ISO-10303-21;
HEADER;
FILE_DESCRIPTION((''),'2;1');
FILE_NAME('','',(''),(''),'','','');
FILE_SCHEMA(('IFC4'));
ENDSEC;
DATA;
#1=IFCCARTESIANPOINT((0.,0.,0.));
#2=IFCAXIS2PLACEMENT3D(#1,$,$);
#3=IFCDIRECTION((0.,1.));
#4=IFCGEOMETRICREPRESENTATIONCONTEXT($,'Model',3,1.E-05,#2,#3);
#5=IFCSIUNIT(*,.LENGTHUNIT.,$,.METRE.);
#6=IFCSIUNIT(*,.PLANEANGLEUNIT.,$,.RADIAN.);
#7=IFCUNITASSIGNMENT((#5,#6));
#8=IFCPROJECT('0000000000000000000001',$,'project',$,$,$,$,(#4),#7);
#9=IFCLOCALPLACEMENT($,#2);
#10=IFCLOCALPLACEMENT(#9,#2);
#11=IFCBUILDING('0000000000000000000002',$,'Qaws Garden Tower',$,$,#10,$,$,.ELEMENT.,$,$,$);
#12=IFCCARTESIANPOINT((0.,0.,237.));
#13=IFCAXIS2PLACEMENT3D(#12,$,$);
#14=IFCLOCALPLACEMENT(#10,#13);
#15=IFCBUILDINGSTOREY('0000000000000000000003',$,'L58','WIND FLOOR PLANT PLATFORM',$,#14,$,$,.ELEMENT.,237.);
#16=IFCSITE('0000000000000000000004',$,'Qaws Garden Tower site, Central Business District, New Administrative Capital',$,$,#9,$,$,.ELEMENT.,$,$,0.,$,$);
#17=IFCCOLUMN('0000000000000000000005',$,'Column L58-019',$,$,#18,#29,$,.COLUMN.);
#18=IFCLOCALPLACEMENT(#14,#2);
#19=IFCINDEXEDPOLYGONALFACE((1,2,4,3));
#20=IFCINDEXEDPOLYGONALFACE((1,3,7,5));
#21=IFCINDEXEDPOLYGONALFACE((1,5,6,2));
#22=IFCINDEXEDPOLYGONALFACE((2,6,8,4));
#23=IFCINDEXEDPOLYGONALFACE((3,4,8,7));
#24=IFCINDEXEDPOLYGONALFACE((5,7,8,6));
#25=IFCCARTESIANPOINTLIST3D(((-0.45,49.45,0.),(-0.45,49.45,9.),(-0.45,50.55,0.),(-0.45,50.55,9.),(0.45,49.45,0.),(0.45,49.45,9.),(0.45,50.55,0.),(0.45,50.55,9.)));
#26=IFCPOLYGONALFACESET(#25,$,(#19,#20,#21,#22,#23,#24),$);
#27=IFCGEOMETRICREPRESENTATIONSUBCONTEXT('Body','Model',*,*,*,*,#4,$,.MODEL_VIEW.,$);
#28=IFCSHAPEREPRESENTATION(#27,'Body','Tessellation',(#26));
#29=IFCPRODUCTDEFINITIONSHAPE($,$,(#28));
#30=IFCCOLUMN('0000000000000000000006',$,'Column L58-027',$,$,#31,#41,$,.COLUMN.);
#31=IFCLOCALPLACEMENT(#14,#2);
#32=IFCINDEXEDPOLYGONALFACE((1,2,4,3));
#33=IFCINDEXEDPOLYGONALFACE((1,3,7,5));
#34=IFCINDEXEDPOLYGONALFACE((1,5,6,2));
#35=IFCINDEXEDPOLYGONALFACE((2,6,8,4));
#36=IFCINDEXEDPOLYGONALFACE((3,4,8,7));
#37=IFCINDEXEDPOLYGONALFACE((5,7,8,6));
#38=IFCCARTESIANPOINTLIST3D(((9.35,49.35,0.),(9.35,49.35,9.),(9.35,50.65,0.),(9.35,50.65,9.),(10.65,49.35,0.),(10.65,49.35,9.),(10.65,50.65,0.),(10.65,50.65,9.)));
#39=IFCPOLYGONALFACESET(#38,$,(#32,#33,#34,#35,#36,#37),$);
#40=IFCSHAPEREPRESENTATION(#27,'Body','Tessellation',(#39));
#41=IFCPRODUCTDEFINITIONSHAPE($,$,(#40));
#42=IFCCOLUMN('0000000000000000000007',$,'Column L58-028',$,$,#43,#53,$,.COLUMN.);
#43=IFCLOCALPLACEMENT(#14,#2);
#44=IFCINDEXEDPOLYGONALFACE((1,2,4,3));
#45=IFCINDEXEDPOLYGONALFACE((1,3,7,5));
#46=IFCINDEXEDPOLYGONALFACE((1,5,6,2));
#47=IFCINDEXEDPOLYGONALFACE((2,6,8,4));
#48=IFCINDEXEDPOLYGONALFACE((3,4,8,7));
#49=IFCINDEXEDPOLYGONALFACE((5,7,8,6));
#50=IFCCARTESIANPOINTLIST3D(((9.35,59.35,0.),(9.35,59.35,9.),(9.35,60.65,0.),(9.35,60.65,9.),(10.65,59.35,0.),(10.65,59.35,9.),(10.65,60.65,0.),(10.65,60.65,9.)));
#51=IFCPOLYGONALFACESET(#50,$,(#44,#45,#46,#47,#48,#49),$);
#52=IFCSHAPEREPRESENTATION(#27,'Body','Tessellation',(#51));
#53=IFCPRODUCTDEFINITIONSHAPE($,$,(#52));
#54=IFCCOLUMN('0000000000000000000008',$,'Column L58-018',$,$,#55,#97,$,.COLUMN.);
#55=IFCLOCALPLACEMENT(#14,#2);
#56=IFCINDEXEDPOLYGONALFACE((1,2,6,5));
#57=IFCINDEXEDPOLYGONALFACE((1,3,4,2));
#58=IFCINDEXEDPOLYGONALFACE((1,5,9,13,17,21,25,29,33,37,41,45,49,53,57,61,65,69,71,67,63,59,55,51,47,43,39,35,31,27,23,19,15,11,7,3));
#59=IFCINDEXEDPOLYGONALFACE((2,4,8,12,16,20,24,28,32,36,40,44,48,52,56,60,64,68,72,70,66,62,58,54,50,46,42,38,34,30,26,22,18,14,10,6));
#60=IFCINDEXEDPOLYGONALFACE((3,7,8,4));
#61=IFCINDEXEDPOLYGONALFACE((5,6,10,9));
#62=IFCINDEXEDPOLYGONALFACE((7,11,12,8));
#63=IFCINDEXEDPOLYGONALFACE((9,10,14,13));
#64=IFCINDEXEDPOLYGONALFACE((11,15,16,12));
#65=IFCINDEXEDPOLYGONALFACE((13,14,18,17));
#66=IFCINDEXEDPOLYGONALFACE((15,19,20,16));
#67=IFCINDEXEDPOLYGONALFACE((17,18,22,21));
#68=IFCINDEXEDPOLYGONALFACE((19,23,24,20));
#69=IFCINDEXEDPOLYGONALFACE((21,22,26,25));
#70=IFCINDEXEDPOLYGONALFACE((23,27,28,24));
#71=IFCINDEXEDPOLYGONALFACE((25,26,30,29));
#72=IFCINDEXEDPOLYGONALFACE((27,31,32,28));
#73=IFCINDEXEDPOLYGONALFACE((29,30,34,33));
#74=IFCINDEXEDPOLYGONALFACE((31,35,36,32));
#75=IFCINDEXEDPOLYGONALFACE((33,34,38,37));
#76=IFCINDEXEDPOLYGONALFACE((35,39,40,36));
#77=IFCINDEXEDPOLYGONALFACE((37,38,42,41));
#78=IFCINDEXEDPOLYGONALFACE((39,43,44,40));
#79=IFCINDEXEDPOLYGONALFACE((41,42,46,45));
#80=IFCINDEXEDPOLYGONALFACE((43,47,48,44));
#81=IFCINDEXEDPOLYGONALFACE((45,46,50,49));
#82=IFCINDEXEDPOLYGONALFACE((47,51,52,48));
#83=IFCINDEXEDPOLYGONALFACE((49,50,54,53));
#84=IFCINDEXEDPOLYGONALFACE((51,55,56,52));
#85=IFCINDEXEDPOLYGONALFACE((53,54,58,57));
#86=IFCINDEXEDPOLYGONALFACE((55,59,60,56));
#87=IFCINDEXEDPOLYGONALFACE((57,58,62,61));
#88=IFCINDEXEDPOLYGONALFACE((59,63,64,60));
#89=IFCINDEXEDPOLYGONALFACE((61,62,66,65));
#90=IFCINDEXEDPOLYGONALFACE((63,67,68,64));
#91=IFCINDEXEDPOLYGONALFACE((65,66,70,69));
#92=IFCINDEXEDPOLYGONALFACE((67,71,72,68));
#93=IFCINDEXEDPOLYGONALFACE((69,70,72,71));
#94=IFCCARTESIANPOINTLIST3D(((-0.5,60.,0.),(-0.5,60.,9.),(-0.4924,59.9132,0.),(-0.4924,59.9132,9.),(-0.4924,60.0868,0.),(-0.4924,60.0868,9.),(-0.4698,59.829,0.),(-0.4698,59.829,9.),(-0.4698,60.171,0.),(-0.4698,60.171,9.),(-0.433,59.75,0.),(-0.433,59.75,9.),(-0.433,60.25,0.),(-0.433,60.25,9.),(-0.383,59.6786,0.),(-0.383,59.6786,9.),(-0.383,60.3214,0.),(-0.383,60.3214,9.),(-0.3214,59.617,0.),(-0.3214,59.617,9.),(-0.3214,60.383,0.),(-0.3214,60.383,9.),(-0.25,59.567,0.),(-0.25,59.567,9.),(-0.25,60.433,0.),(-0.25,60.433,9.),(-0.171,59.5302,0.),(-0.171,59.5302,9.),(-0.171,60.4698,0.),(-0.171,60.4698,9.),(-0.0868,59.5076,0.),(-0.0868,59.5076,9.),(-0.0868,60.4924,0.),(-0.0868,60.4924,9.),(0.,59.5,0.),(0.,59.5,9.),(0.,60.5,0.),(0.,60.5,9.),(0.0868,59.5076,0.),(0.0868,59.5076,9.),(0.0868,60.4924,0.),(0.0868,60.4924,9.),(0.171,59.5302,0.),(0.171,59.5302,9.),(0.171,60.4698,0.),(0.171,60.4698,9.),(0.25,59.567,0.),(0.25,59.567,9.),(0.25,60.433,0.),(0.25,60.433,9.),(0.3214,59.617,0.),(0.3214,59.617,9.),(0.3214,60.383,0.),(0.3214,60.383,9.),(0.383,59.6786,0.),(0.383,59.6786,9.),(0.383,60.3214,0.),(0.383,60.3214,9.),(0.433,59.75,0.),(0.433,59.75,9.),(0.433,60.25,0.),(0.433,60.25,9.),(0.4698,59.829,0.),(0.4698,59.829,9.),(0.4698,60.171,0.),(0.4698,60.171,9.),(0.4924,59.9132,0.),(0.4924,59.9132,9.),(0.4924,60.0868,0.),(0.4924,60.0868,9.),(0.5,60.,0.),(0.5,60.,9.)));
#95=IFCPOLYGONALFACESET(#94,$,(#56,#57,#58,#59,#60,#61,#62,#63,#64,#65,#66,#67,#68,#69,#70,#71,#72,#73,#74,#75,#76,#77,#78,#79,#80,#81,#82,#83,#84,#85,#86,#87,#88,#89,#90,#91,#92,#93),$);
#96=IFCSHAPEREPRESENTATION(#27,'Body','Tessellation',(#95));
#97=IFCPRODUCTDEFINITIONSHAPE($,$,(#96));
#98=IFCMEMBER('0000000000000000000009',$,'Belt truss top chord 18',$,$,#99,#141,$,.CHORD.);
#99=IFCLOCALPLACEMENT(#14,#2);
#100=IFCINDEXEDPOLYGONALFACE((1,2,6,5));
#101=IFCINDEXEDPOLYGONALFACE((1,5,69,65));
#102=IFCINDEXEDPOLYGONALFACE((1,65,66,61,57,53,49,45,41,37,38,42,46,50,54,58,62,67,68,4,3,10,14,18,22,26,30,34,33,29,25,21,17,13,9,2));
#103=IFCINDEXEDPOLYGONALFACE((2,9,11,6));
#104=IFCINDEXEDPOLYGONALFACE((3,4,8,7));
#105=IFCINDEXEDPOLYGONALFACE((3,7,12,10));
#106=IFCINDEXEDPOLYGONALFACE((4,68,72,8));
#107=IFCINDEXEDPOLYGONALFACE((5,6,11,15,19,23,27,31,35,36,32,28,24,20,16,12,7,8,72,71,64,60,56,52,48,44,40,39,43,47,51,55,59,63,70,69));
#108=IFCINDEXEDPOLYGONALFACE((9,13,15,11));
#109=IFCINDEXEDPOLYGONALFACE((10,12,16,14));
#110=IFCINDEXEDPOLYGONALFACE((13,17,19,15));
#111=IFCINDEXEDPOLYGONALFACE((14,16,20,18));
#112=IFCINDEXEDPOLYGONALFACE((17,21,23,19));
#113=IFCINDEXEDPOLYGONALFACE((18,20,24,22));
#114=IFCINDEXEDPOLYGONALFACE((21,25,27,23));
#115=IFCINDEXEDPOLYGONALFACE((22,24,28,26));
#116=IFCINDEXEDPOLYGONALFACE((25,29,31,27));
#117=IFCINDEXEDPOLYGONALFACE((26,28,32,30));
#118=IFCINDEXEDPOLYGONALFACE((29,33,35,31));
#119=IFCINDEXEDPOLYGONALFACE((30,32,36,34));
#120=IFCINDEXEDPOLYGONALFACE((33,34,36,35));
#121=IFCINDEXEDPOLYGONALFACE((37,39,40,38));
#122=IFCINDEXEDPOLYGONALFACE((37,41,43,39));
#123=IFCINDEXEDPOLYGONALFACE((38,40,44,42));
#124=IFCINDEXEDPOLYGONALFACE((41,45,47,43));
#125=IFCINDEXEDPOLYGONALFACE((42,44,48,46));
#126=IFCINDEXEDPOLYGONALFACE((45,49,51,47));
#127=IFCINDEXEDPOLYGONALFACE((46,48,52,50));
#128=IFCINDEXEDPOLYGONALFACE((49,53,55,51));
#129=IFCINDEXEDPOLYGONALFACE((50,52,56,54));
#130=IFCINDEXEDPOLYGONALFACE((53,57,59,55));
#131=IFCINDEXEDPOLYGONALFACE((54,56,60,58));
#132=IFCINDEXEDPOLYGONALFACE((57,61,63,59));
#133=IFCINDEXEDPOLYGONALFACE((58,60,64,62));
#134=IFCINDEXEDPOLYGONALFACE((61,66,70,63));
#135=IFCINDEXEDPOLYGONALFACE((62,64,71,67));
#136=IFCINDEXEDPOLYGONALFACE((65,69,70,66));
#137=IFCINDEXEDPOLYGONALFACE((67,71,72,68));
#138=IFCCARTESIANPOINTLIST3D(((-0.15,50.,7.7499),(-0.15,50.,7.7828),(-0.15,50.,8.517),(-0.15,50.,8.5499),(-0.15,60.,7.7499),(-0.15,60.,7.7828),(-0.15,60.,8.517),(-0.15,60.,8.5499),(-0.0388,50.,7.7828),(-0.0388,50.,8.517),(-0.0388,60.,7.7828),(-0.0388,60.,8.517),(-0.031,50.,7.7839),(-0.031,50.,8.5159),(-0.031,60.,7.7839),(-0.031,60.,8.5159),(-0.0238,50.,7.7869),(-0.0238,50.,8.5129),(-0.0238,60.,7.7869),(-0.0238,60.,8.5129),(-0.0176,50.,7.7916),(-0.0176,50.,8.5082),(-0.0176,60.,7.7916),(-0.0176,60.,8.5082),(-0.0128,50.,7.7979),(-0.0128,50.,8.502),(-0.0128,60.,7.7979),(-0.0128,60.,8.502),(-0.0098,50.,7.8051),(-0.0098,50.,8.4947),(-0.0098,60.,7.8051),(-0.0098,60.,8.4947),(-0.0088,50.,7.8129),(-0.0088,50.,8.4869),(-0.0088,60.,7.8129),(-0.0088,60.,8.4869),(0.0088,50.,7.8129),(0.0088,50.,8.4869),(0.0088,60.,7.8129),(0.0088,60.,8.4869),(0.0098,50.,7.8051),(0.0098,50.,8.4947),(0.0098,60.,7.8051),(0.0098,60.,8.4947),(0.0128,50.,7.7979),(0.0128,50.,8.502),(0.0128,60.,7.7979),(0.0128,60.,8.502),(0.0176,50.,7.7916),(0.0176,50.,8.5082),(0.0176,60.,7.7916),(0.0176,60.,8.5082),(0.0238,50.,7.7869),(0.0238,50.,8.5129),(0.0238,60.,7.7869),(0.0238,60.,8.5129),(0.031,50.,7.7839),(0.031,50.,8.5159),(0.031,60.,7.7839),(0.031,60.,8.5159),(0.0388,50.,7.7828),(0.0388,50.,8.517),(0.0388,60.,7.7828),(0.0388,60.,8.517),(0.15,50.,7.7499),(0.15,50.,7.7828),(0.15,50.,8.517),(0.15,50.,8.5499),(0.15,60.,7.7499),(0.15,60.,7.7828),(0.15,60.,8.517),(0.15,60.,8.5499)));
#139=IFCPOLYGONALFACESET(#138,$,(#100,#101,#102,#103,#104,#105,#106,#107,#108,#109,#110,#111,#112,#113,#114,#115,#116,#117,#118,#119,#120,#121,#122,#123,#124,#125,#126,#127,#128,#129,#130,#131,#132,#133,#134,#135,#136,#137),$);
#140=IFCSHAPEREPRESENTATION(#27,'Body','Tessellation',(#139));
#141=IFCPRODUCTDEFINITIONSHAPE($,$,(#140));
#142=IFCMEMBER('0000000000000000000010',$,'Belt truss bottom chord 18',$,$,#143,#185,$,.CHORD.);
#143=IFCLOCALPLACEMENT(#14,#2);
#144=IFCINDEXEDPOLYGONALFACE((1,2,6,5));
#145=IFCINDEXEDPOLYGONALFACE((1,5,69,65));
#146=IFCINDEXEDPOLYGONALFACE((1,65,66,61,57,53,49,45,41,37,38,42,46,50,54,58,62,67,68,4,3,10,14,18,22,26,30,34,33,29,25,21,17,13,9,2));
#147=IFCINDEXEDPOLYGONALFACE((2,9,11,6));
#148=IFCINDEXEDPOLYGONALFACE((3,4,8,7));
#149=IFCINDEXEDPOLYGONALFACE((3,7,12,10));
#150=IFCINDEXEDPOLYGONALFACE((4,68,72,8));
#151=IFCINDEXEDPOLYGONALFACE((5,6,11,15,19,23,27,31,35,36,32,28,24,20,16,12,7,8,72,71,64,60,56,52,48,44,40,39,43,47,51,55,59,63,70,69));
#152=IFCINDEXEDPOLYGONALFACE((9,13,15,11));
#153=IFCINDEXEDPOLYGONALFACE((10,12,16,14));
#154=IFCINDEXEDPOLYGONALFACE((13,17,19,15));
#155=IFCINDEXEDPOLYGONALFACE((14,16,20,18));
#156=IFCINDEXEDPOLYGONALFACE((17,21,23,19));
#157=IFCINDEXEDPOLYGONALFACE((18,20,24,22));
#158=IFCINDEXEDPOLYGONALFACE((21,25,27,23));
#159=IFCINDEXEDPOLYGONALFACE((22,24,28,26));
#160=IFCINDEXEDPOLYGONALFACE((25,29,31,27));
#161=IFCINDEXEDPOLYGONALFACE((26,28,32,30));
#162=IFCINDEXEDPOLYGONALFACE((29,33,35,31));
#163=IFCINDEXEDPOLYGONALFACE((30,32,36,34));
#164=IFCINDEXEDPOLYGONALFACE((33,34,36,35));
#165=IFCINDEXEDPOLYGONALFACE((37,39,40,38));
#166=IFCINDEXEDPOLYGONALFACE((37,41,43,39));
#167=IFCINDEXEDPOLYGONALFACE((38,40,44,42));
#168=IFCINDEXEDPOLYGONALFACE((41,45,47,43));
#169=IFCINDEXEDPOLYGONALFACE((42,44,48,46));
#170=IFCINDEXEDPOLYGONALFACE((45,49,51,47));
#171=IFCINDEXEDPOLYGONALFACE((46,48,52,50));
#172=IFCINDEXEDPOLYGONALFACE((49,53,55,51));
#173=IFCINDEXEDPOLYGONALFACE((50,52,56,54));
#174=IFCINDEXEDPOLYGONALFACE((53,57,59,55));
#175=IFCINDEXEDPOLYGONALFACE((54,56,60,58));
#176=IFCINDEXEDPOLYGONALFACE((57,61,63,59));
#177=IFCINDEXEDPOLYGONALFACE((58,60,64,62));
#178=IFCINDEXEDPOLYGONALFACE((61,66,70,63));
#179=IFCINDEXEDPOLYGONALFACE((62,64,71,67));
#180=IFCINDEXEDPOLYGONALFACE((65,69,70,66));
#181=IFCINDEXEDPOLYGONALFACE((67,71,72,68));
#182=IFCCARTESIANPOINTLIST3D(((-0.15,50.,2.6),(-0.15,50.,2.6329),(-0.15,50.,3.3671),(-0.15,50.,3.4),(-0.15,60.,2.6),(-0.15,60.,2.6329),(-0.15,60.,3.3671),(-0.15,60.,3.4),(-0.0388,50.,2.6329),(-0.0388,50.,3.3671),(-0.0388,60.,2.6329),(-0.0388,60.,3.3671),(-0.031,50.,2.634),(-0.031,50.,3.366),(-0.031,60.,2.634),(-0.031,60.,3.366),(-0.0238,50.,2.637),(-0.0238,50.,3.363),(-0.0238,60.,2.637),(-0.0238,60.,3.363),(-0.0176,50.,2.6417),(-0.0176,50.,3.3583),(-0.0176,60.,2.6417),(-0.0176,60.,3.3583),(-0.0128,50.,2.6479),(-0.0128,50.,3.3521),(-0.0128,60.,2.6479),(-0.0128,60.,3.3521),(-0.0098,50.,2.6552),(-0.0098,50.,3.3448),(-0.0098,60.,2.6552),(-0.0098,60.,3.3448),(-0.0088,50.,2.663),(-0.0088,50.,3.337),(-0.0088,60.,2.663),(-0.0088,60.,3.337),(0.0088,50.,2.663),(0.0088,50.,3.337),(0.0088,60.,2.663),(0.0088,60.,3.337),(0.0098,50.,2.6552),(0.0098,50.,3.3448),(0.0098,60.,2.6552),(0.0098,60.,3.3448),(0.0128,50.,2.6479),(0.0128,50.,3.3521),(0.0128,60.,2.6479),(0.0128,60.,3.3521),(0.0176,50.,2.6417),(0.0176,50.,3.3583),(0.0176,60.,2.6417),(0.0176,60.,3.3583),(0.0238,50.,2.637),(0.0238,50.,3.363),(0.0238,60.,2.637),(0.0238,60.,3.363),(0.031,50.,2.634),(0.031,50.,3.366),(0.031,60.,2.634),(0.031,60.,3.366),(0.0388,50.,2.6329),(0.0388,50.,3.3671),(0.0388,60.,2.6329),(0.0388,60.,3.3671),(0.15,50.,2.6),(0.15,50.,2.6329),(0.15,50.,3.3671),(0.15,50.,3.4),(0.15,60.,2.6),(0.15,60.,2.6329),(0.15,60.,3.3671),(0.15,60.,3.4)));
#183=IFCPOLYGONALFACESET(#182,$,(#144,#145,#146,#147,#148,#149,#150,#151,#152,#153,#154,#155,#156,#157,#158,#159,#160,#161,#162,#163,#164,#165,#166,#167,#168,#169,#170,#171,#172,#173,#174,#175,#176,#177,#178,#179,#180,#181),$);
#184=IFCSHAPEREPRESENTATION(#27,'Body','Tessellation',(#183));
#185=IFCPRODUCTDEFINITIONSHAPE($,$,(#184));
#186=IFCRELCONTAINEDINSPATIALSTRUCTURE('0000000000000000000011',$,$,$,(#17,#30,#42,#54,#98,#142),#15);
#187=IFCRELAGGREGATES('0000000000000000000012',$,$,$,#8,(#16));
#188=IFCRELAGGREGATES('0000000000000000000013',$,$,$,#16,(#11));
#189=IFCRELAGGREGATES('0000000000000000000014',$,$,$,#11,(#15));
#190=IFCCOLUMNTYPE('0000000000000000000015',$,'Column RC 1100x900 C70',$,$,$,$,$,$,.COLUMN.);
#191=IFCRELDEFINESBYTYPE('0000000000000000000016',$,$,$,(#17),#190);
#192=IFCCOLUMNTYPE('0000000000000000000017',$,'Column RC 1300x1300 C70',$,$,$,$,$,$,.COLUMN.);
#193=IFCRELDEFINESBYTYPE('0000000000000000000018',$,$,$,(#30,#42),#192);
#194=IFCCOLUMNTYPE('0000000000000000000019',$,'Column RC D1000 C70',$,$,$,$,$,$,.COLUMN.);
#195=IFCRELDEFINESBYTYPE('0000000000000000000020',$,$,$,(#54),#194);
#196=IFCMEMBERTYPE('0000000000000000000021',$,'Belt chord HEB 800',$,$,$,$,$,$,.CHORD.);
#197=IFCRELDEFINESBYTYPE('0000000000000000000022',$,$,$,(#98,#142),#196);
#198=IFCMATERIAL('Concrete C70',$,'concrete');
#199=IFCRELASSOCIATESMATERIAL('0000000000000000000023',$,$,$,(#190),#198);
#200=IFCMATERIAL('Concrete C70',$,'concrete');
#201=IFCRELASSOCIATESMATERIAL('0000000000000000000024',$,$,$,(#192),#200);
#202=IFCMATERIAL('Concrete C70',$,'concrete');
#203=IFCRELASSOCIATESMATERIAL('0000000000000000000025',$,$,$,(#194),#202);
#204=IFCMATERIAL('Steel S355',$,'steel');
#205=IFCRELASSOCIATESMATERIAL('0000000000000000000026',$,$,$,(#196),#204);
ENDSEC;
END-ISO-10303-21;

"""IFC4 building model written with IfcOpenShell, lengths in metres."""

from ifc_helpers import new_model, si_unit, direction, frame, origin, origin_2d, place, context, subcontext, project, spatial, rectangle, circle, i_section, extrude, material, material_profile, profile_set, type_object, element, save


model = new_model("IFC4")

# Units and contexts
model_context = context("Model", 3, precision=1e-05, world=origin(), true_north=direction((0.0, 1.0)))
body_context = subcontext(model_context, "Body", "Model", "MODEL_VIEW")
ifc_project = project(units=[si_unit("LENGTHUNIT", "METRE"), si_unit("PLANEANGLEUNIT", "RADIAN")], contexts=[model_context])

# Site, building, storey
site_placement = place(None, origin())
site = spatial("IfcSite", under=ifc_project, at=site_placement, Name="Qaws Garden Tower site, Central Business District, New Administrative Capital", CompositionType="ELEMENT", RefElevation=0.0)
building_placement = place(site_placement, origin())
building = spatial("IfcBuilding", under=site, at=building_placement, Name="Qaws Garden Tower", CompositionType="ELEMENT")
storey_placement = place(building_placement, frame((0.0, 0.0, 237.0)))
storey = spatial("IfcBuildingStorey", under=building, at=storey_placement, Name="L58", Description="WIND FLOOR PLANT PLATFORM", CompositionType="ELEMENT", Elevation=237.0)

# Columns
ifc_material_1 = material(Name="Concrete C70", Category="concrete")
ifc_material_profile_1 = material_profile(ifc_material_1, rectangle(XDim=1.1001, YDim=0.8999, at=origin_2d()), Name="RC 1100x900")
ifc_profile_set_1 = profile_set([ifc_material_profile_1], Name="Concrete C70")
column_type_1 = type_object("IfcColumnType", Name="Column RC 1100x900 C70", PredefinedType="COLUMN", material=ifc_profile_set_1)
column_1_placement = place(storey_placement, frame((0.0, 50.0, 0.0), z_axis=(0.0, 0.0, 1.0), x_axis=(0.0, 1.0, 0.0)))
element("IfcColumn", 1, at=column_1_placement, inside=storey, type_object=column_type_1, Name="Column L58-019", PredefinedType="COLUMN", context=body_context, shape_type="SweptSolid", body=[
    extrude(rectangle(XDim=1.1001, YDim=0.8999, at=origin_2d()), origin(), (0.0, 0.0, 1.0), 9.0),
])
ifc_material_2 = material(Name="Concrete C70", Category="concrete")
ifc_material_profile_2 = material_profile(ifc_material_2, rectangle(XDim=1.3, YDim=1.3, at=origin_2d()), Name="RC 1300x1300")
ifc_profile_set_2 = profile_set([ifc_material_profile_2], Name="Concrete C70")
column_type_2 = type_object("IfcColumnType", Name="Column RC 1300x1300 C70", PredefinedType="COLUMN", material=ifc_profile_set_2)
for number, where, z_axis, x_axis, name in (
    (2, (10.0, 50.0, 0.0), (0.0, 0.0, 1.0), (1.0, 0.0, 0.0), "Column L58-027"),
    (3, (10.0, 60.0, 0.0), (0.0, 0.0, 1.0), (1.0, 0.0, 0.0), "Column L58-028"),
):
    element("IfcColumn", number, at=place(storey_placement, frame(where, z_axis=z_axis, x_axis=x_axis)), inside=storey, type_object=column_type_2, Name=name, PredefinedType="COLUMN", context=body_context, shape_type="SweptSolid", body=[
        extrude(rectangle(XDim=1.3, YDim=1.3, at=origin_2d()), origin(), (0.0, 0.0, 1.0), 9.0),
    ])
ifc_material_3 = material(Name="Concrete C70", Category="concrete")
ifc_material_profile_3 = material_profile(ifc_material_3, circle(Radius=0.5, at=origin_2d()), Name="RC D1000")
ifc_profile_set_3 = profile_set([ifc_material_profile_3], Name="Concrete C70")
column_type_3 = type_object("IfcColumnType", Name="Column RC D1000 C70", PredefinedType="COLUMN", material=ifc_profile_set_3)
column_2_placement = place(storey_placement, frame((0.0, 60.0, 0.0), z_axis=(0.0, 0.0, 1.0), x_axis=(1.0, 0.0, 0.0)))
element("IfcColumn", 4, at=column_2_placement, inside=storey, type_object=column_type_3, Name="Column L58-018", PredefinedType="COLUMN", context=body_context, shape_type="SweptSolid", body=[
    extrude(circle(Radius=0.5, at=origin_2d()), origin(), (0.0, 0.0, 1.0), 9.0),
])

# Members
ifc_material_4 = material(Name="Steel S355", Category="steel")
ifc_material_profile_4 = material_profile(ifc_material_4, i_section(OverallWidth=0.3, OverallDepth=0.8, WebThickness=0.0176, FlangeThickness=0.033, FilletRadius=0.03, at=origin_2d()), Name="HEB 800")
ifc_profile_set_4 = profile_set([ifc_material_profile_4], Name="Steel S355")
member_type_1 = type_object("IfcMemberType", Name="Belt chord HEB 800", PredefinedType="CHORD", material=ifc_profile_set_4)
for number, where, z_axis, x_axis, name in (
    (5, (0.0, 60.0, 8.1499), (0.0, -1.0, 0.0), (1.0, 0.0, 0.0), "Belt truss top chord 18"),
    (6, (0.0, 60.0, 3.0), (0.0, -1.0, 0.0), (1.0, 0.0, 0.0), "Belt truss bottom chord 18"),
):
    element("IfcMember", number, at=place(storey_placement, frame(where, z_axis=z_axis, x_axis=x_axis)), inside=storey, type_object=member_type_1, Name=name, PredefinedType="CHORD", context=body_context, shape_type="SweptSolid", body=[
        extrude(i_section(OverallWidth=0.3, OverallDepth=0.8, WebThickness=0.0176, FlangeThickness=0.033, FilletRadius=0.03, at=origin_2d()), origin(), (0.0, 0.0, 1.0), 10.0),
    ])

save(model, "model.ifc")
